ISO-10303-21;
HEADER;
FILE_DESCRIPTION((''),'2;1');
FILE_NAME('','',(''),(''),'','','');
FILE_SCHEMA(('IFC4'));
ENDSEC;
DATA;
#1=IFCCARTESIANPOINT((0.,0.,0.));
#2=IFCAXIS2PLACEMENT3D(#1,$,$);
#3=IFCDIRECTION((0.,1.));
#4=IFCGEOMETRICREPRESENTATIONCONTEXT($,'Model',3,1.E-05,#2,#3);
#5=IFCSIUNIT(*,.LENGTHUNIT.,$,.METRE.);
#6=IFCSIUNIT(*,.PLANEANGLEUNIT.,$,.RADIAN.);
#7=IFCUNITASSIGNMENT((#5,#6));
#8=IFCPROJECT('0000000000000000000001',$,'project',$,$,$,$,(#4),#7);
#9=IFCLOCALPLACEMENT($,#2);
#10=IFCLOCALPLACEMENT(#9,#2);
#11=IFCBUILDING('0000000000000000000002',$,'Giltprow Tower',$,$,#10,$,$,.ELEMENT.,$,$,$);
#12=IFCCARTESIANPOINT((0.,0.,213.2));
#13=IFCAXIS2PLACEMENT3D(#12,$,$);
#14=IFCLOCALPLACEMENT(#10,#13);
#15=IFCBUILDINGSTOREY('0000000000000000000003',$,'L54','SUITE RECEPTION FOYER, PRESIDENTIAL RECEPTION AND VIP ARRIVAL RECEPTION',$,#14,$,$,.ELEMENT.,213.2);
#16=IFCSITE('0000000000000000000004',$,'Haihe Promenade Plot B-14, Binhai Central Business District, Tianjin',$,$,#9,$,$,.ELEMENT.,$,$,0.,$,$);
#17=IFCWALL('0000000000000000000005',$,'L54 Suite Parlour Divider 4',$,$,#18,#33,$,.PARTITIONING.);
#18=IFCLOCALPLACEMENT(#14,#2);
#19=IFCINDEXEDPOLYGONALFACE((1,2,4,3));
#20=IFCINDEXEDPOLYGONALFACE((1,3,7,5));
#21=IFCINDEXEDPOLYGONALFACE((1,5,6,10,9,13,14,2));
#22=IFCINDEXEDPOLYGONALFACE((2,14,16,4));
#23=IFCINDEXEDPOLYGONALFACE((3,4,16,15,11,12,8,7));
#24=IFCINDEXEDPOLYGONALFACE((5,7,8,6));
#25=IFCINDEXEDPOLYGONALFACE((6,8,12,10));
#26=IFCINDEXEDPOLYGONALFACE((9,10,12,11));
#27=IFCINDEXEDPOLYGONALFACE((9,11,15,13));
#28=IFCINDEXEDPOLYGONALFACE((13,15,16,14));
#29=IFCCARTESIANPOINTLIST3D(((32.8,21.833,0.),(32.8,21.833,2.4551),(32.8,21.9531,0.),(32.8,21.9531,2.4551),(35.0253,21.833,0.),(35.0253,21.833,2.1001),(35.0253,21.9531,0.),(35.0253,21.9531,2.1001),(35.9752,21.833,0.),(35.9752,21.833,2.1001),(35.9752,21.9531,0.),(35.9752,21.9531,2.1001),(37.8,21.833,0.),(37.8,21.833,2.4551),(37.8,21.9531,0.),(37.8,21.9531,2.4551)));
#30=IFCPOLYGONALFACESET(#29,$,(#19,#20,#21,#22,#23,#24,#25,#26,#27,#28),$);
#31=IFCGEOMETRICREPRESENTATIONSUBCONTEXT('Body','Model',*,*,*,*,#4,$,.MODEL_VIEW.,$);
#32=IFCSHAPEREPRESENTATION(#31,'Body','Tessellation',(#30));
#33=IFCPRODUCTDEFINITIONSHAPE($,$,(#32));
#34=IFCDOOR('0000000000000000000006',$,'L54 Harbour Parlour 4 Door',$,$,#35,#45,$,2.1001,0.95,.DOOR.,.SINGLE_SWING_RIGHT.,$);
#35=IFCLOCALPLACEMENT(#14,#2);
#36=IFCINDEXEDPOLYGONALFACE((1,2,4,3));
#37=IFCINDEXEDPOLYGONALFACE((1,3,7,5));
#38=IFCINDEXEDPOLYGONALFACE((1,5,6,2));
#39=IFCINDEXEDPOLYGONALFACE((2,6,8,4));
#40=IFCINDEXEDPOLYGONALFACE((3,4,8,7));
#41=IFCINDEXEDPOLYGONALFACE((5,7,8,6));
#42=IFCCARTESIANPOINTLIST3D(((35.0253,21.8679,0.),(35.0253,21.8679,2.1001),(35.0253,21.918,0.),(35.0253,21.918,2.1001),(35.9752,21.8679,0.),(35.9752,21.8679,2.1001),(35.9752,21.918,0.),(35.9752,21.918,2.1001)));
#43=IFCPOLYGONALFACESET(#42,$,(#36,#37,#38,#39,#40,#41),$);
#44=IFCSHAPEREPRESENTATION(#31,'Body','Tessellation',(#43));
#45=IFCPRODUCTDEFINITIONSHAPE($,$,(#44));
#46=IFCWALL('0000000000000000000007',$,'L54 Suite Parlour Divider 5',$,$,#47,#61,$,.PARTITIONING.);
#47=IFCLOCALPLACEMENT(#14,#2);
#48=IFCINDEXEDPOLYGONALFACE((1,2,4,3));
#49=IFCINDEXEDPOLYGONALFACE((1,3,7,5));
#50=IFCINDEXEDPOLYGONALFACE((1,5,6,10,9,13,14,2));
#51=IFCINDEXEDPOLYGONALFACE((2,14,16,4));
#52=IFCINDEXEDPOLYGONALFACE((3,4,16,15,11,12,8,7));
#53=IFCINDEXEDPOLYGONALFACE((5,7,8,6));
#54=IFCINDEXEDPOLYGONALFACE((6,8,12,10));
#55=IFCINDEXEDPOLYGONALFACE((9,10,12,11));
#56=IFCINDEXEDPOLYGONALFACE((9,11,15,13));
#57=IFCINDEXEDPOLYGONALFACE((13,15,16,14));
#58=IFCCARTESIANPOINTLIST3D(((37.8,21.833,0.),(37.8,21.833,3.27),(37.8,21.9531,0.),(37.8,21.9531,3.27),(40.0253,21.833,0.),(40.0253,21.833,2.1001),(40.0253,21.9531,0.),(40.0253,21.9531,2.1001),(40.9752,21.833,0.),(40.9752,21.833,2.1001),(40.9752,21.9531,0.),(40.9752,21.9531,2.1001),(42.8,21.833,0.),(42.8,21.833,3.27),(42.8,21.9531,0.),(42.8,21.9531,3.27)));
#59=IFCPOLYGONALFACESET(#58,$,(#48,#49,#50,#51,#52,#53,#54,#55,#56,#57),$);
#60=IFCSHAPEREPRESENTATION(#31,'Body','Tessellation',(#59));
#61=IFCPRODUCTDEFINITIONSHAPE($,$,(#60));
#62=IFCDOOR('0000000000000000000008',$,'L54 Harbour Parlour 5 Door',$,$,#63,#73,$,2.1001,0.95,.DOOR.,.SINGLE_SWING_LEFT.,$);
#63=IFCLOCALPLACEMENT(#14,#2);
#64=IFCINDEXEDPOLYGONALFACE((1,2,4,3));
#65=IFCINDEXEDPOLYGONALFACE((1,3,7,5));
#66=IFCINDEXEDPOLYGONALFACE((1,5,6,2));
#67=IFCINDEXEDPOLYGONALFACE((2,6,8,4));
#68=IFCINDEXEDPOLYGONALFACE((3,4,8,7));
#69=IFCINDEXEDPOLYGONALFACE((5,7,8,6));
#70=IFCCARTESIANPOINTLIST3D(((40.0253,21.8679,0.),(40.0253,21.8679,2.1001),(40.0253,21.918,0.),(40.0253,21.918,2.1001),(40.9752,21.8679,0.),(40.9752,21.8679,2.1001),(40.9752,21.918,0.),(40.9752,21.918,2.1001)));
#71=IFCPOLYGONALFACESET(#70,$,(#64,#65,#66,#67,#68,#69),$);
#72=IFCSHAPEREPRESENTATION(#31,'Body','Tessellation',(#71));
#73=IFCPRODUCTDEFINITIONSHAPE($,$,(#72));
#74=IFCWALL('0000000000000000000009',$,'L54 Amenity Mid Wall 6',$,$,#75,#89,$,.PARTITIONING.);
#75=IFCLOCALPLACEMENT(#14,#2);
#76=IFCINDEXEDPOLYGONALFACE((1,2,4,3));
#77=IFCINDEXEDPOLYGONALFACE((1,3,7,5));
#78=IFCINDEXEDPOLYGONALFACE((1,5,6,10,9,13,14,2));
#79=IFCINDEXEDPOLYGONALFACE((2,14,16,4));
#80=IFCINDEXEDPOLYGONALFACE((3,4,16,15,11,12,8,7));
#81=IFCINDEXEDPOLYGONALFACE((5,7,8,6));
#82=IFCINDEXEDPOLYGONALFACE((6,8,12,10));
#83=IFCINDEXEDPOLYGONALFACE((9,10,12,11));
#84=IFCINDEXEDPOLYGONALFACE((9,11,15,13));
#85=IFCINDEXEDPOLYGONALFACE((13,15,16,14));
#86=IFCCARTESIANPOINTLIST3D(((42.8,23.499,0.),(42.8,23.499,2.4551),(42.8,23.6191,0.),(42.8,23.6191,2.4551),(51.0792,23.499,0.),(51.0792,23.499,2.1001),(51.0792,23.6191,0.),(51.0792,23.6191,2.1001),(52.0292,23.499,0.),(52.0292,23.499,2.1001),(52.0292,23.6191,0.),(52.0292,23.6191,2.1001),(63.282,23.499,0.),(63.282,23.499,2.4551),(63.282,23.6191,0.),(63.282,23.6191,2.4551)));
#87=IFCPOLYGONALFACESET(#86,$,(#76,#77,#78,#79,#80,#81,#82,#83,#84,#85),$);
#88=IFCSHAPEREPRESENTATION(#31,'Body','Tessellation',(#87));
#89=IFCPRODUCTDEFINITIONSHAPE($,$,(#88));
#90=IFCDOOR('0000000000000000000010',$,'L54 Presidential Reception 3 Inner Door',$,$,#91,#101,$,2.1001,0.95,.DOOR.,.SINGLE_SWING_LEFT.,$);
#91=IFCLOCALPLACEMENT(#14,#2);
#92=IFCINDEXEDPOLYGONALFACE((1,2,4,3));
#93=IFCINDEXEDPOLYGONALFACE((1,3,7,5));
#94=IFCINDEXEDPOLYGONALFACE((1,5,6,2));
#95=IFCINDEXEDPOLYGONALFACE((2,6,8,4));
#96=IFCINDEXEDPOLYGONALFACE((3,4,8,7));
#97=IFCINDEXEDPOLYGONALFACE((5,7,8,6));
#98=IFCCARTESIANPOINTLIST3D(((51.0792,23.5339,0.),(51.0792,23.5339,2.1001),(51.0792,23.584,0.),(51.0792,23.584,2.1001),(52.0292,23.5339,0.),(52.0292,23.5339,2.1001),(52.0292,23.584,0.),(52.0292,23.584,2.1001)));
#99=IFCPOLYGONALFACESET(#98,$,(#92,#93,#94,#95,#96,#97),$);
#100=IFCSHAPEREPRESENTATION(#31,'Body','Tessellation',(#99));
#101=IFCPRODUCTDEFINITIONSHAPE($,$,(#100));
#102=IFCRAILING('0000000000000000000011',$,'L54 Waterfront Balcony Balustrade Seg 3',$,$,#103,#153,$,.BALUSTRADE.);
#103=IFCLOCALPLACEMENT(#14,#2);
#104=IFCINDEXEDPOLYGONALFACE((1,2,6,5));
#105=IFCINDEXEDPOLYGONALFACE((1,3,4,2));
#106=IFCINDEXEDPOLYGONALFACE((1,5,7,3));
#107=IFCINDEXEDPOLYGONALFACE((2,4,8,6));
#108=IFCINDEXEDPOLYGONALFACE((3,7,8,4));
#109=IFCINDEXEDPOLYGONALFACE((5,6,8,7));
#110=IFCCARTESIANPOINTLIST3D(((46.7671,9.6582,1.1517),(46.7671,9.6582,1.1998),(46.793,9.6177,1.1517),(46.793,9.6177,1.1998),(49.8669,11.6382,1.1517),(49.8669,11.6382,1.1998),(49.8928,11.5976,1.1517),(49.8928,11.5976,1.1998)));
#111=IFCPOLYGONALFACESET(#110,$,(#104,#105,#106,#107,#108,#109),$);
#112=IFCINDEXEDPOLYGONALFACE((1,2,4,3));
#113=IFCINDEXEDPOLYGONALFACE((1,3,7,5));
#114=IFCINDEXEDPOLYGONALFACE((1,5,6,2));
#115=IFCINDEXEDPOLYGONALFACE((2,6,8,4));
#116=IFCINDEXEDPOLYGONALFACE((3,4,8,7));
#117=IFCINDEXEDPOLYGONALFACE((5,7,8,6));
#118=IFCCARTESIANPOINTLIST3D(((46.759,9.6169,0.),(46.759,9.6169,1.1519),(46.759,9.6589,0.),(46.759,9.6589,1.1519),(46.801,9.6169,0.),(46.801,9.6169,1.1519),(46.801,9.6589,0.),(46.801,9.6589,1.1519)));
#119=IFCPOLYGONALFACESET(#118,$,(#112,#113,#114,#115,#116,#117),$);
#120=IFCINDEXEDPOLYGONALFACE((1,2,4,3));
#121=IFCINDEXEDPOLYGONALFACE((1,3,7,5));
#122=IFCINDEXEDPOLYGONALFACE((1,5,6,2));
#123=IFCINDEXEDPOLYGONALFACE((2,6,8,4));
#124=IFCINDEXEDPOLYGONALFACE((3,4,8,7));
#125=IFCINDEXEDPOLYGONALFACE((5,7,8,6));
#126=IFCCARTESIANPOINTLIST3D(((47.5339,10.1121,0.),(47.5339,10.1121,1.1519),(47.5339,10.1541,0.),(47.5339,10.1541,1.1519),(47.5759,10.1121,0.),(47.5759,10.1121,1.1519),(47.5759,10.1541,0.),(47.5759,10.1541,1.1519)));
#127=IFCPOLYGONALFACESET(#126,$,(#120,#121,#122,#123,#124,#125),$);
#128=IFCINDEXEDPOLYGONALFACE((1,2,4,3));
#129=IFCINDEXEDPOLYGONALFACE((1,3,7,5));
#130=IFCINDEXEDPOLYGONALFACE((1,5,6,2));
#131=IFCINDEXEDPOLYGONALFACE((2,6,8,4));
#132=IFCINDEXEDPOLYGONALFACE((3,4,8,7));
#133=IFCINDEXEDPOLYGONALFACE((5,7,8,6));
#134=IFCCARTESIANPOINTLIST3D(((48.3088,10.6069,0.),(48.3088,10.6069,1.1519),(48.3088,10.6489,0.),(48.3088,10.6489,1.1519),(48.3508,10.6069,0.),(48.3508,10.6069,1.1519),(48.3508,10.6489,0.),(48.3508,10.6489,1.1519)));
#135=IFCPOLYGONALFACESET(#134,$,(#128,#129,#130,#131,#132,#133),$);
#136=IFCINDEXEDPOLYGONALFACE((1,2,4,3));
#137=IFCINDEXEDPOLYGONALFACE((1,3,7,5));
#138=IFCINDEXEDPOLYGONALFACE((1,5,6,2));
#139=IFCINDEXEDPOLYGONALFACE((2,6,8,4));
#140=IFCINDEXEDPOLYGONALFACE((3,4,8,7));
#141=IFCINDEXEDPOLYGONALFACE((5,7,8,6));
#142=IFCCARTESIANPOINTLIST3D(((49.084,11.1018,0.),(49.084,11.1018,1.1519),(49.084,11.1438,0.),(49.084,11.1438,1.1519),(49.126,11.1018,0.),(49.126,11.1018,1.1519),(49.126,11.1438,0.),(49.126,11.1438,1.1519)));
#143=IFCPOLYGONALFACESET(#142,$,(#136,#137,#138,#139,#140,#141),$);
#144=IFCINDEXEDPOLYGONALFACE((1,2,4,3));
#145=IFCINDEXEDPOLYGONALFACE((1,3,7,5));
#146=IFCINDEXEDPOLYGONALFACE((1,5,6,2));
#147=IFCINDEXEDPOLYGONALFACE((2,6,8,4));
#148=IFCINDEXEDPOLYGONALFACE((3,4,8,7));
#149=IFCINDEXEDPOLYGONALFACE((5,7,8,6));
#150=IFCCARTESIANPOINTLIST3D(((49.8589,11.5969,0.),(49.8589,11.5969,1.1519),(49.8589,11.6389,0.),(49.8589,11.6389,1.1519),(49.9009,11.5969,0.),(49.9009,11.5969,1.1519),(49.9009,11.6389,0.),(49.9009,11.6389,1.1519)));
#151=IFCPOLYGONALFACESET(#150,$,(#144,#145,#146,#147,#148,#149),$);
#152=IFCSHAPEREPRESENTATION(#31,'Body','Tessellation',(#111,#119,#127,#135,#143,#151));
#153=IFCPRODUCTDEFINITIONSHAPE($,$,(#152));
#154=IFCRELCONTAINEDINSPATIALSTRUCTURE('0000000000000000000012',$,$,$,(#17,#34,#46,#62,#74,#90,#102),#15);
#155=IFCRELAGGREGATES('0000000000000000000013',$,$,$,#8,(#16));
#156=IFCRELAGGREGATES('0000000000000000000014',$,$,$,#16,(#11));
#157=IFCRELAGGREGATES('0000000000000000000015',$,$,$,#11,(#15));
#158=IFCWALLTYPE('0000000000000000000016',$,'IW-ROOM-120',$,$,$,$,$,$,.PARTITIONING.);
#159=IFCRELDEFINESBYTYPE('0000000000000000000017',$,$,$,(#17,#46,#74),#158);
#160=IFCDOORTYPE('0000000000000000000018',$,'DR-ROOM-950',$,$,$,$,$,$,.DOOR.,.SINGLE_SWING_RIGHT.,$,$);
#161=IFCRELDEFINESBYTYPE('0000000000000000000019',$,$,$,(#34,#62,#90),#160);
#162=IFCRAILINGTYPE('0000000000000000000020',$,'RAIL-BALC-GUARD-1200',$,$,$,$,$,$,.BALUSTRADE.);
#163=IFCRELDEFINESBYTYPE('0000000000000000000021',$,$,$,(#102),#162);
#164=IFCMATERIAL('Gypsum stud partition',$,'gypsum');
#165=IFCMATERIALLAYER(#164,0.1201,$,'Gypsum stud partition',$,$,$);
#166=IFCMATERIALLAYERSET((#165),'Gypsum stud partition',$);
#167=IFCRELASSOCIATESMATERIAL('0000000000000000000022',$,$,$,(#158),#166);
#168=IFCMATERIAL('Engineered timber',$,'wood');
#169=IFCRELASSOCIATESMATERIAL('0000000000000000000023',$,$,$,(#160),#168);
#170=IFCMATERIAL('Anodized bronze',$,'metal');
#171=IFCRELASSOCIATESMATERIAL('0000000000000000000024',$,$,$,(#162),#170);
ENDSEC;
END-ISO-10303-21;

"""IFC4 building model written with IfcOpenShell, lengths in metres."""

from ifc_helpers import new_model, si_unit, direction, frame, frame_2d, origin, origin_2d, place, context, subcontext, project, spatial, rectangle, extrude, source, transform, mapped, material, layer, layer_set, type_object, element, fill, save


model = new_model("IFC4")

# Units and contexts
model_context = context("Model", 3, precision=1e-05, world=origin(), true_north=direction((0.0, 1.0)))
body_context = subcontext(model_context, "Body", "Model", "MODEL_VIEW")
ifc_project = project(units=[si_unit("LENGTHUNIT", "METRE"), si_unit("PLANEANGLEUNIT", "RADIAN")], contexts=[model_context])

# Site, building, storey
site_placement = place(None, origin())
site = spatial("IfcSite", under=ifc_project, at=site_placement, Name="Haihe Promenade Plot B-14, Binhai Central Business District, Tianjin", CompositionType="ELEMENT", RefElevation=0.0)
building_placement = place(site_placement, origin())
building = spatial("IfcBuilding", under=site, at=building_placement, Name="Giltprow Tower", CompositionType="ELEMENT")
storey_placement = place(building_placement, frame((0.0, 0.0, 213.2)))
storey = spatial("IfcBuildingStorey", under=building, at=storey_placement, Name="L54", Description="SUITE RECEPTION FOYER, PRESIDENTIAL RECEPTION AND VIP ARRIVAL RECEPTION", CompositionType="ELEMENT", Elevation=213.2)

# Shared definitions
ifc_material_1 = material(Name="Anodized bronze", Category="metal")

# Shared definitions
ifc_material_2 = material(Name="Gypsum stud partition", Category="gypsum")

# Walls, openings, doors
ifc_layer_1 = layer(ifc_material_2, 0.1201, Name="Gypsum stud partition")
ifc_layer_set_1 = layer_set([ifc_layer_1], Name="Gypsum stud partition")
wall_type_1 = type_object("IfcWallType", Name="IW-ROOM-120", PredefinedType="PARTITIONING", material=ifc_layer_set_1)
wall_1_placement = place(storey_placement, frame((32.8, 21.8931, 0.0), z_axis=(0.0, 0.0, 1.0), x_axis=(1.0, 0.0, 0.0)))
wall_1 = element("IfcWall", 1, at=wall_1_placement, inside=storey, type_object=wall_type_1, Name="L54 Suite Parlour Divider 4", PredefinedType="PARTITIONING", context=body_context, shape_type="SweptSolid", body=[
    extrude(rectangle(XDim=5.0, YDim=0.1201, at=frame_2d((2.5, 0.0))), origin(), (0.0, 0.0, 1.0), 2.4551),
])
opening_1_placement = place(wall_1_placement, frame((2.2251, 0.0, 0.0)))
opening_1 = element("IfcOpeningElement", 2, at=opening_1_placement, cuts=wall_1, PredefinedType="OPENING", context=body_context, shape_type="SweptSolid", body=[
    extrude(rectangle(XDim=0.95, YDim=2.1001, at=frame_2d((0.4751, 1.05))), frame((0.0, 0.0701, 0.0), z_axis=(0.0, -1.0, 0.0), x_axis=(1.0, 0.0, 0.0)), (0.0, 0.0, 1.0), 0.1401),
])
ifc_material_3 = material(Name="Engineered timber", Category="wood")
door_type_1 = type_object("IfcDoorType", Name="DR-ROOM-950", OperationType="SINGLE_SWING_RIGHT", PredefinedType="DOOR", material=ifc_material_3)
shared_shape_1 = source(origin(), body_context, "Body", "SweptSolid", [
    extrude(rectangle(XDim=0.95, YDim=2.1001, at=frame_2d((0.4751, 1.05))), frame((0.0, 0.0249, 0.0), z_axis=(0.0, -1.0, 0.0), x_axis=(1.0, 0.0, 0.0)), (0.0, 0.0, 1.0), 0.05),
])
door_1_placement = place(opening_1_placement, origin())
door_1 = element("IfcDoor", 3, at=door_1_placement, inside=storey, type_object=door_type_1, Name="L54 Harbour Parlour 4 Door", OperationType="SINGLE_SWING_RIGHT", OverallHeight=2.1001, OverallWidth=0.95, PredefinedType="DOOR", context=body_context, shape_type="MappedRepresentation", body=[
    mapped(shared_shape_1, transform((0.0, 0.0, 0.0), x_axis=(1.0, 0.0, 0.0), y_axis=(0.0, 1.0, 0.0), z_axis=(0.0, 0.0, 1.0), scale=1.0)),
])
fill(opening_1, door_1)
wall_2_placement = place(storey_placement, frame((37.8, 21.8931, 0.0), z_axis=(0.0, 0.0, 1.0), x_axis=(1.0, 0.0, 0.0)))
wall_2 = element("IfcWall", 4, at=wall_2_placement, inside=storey, type_object=wall_type_1, Name="L54 Suite Parlour Divider 5", PredefinedType="PARTITIONING", context=body_context, shape_type="SweptSolid", body=[
    extrude(rectangle(XDim=5.0, YDim=0.1201, at=frame_2d((2.5, 0.0))), origin(), (0.0, 0.0, 1.0), 3.27),
])
opening_2_placement = place(wall_2_placement, frame((2.2251, 0.0, 0.0)))
opening_2 = element("IfcOpeningElement", 5, at=opening_2_placement, cuts=wall_2, PredefinedType="OPENING", context=body_context, shape_type="SweptSolid", body=[
    extrude(rectangle(XDim=0.95, YDim=2.1001, at=frame_2d((0.4751, 1.05))), frame((0.0, 0.0701, 0.0), z_axis=(0.0, -1.0, 0.0), x_axis=(1.0, 0.0, 0.0)), (0.0, 0.0, 1.0), 0.1401),
])
door_2_placement = place(opening_2_placement, origin())
door_2 = element("IfcDoor", 6, at=door_2_placement, inside=storey, type_object=door_type_1, Name="L54 Harbour Parlour 5 Door", OperationType="SINGLE_SWING_LEFT", OverallHeight=2.1001, OverallWidth=0.95, PredefinedType="DOOR", context=body_context, shape_type="MappedRepresentation", body=[
    mapped(shared_shape_1, transform((0.0, 0.0, 0.0), x_axis=(1.0, 0.0, 0.0), y_axis=(0.0, 1.0, 0.0), z_axis=(0.0, 0.0, 1.0), scale=1.0)),
])
fill(opening_2, door_2)
wall_3_placement = place(storey_placement, frame((42.8, 23.5591, 0.0), z_axis=(0.0, 0.0, 1.0), x_axis=(1.0, 0.0, 0.0)))
wall_3 = element("IfcWall", 7, at=wall_3_placement, inside=storey, type_object=wall_type_1, Name="L54 Amenity Mid Wall 6", PredefinedType="PARTITIONING", context=body_context, shape_type="SweptSolid", body=[
    extrude(rectangle(XDim=20.4819, YDim=0.1201, at=frame_2d((10.241, 0.0))), origin(), (0.0, 0.0, 1.0), 2.4551),
])
opening_3_placement = place(wall_3_placement, frame((8.2791, 0.0, 0.0)))
opening_3 = element("IfcOpeningElement", 8, at=opening_3_placement, cuts=wall_3, PredefinedType="OPENING", context=body_context, shape_type="SweptSolid", body=[
    extrude(rectangle(XDim=0.95, YDim=2.1001, at=frame_2d((0.4751, 1.05))), frame((0.0, 0.0701, 0.0), z_axis=(0.0, -1.0, 0.0), x_axis=(1.0, 0.0, 0.0)), (0.0, 0.0, 1.0), 0.1401),
])
door_3_placement = place(opening_3_placement, origin())
door_3 = element("IfcDoor", 9, at=door_3_placement, inside=storey, type_object=door_type_1, Name="L54 Presidential Reception 3 Inner Door", OperationType="SINGLE_SWING_LEFT", OverallHeight=2.1001, OverallWidth=0.95, PredefinedType="DOOR", context=body_context, shape_type="MappedRepresentation", body=[
    mapped(shared_shape_1, transform((0.0, 0.0, 0.0), x_axis=(1.0, 0.0, 0.0), y_axis=(0.0, 1.0, 0.0), z_axis=(0.0, 0.0, 1.0), scale=1.0)),
])
fill(opening_3, door_3)

# Railing
railing_type = type_object("IfcRailingType", Name="RAIL-BALC-GUARD-1200", PredefinedType="BALUSTRADE", material=ifc_material_1)
railing_1_placement = place(storey_placement, frame((46.78, 9.6379, 0.0)))
element("IfcRailing", 10, at=railing_1_placement, inside=storey, type_object=railing_type, Name="L54 Waterfront Balcony Balustrade Seg 3", PredefinedType="BALUSTRADE", context=body_context, shape_type="SweptSolid", body=[
    extrude(rectangle(XDim=0.0481, YDim=0.0481, at=origin_2d()), frame((0.0, 0.0, 1.1758), z_axis=(0.842756, 0.538296, 0.0), x_axis=(-0.538296, 0.842756, 0.0)), (0.0, 0.0, 1.0), 3.6782),
    extrude(rectangle(XDim=0.042, YDim=0.042, at=origin_2d()), origin(), (0.0, 0.0, 1.0), 1.1519),
    extrude(rectangle(XDim=0.042, YDim=0.042, at=origin_2d()), frame((0.7749, 0.4951, 0.0)), (0.0, 0.0, 1.0), 1.1519),
    extrude(rectangle(XDim=0.042, YDim=0.042, at=origin_2d()), frame((1.5498, 0.99, 0.0)), (0.0, 0.0, 1.0), 1.1519),
    extrude(rectangle(XDim=0.042, YDim=0.042, at=origin_2d()), frame((2.325, 1.4849, 0.0)), (0.0, 0.0, 1.0), 1.1519),
    extrude(rectangle(XDim=0.042, YDim=0.042, at=origin_2d()), frame((3.0999, 1.98, 0.0)), (0.0, 0.0, 1.0), 1.1519),
])

save(model, "model.ifc")
